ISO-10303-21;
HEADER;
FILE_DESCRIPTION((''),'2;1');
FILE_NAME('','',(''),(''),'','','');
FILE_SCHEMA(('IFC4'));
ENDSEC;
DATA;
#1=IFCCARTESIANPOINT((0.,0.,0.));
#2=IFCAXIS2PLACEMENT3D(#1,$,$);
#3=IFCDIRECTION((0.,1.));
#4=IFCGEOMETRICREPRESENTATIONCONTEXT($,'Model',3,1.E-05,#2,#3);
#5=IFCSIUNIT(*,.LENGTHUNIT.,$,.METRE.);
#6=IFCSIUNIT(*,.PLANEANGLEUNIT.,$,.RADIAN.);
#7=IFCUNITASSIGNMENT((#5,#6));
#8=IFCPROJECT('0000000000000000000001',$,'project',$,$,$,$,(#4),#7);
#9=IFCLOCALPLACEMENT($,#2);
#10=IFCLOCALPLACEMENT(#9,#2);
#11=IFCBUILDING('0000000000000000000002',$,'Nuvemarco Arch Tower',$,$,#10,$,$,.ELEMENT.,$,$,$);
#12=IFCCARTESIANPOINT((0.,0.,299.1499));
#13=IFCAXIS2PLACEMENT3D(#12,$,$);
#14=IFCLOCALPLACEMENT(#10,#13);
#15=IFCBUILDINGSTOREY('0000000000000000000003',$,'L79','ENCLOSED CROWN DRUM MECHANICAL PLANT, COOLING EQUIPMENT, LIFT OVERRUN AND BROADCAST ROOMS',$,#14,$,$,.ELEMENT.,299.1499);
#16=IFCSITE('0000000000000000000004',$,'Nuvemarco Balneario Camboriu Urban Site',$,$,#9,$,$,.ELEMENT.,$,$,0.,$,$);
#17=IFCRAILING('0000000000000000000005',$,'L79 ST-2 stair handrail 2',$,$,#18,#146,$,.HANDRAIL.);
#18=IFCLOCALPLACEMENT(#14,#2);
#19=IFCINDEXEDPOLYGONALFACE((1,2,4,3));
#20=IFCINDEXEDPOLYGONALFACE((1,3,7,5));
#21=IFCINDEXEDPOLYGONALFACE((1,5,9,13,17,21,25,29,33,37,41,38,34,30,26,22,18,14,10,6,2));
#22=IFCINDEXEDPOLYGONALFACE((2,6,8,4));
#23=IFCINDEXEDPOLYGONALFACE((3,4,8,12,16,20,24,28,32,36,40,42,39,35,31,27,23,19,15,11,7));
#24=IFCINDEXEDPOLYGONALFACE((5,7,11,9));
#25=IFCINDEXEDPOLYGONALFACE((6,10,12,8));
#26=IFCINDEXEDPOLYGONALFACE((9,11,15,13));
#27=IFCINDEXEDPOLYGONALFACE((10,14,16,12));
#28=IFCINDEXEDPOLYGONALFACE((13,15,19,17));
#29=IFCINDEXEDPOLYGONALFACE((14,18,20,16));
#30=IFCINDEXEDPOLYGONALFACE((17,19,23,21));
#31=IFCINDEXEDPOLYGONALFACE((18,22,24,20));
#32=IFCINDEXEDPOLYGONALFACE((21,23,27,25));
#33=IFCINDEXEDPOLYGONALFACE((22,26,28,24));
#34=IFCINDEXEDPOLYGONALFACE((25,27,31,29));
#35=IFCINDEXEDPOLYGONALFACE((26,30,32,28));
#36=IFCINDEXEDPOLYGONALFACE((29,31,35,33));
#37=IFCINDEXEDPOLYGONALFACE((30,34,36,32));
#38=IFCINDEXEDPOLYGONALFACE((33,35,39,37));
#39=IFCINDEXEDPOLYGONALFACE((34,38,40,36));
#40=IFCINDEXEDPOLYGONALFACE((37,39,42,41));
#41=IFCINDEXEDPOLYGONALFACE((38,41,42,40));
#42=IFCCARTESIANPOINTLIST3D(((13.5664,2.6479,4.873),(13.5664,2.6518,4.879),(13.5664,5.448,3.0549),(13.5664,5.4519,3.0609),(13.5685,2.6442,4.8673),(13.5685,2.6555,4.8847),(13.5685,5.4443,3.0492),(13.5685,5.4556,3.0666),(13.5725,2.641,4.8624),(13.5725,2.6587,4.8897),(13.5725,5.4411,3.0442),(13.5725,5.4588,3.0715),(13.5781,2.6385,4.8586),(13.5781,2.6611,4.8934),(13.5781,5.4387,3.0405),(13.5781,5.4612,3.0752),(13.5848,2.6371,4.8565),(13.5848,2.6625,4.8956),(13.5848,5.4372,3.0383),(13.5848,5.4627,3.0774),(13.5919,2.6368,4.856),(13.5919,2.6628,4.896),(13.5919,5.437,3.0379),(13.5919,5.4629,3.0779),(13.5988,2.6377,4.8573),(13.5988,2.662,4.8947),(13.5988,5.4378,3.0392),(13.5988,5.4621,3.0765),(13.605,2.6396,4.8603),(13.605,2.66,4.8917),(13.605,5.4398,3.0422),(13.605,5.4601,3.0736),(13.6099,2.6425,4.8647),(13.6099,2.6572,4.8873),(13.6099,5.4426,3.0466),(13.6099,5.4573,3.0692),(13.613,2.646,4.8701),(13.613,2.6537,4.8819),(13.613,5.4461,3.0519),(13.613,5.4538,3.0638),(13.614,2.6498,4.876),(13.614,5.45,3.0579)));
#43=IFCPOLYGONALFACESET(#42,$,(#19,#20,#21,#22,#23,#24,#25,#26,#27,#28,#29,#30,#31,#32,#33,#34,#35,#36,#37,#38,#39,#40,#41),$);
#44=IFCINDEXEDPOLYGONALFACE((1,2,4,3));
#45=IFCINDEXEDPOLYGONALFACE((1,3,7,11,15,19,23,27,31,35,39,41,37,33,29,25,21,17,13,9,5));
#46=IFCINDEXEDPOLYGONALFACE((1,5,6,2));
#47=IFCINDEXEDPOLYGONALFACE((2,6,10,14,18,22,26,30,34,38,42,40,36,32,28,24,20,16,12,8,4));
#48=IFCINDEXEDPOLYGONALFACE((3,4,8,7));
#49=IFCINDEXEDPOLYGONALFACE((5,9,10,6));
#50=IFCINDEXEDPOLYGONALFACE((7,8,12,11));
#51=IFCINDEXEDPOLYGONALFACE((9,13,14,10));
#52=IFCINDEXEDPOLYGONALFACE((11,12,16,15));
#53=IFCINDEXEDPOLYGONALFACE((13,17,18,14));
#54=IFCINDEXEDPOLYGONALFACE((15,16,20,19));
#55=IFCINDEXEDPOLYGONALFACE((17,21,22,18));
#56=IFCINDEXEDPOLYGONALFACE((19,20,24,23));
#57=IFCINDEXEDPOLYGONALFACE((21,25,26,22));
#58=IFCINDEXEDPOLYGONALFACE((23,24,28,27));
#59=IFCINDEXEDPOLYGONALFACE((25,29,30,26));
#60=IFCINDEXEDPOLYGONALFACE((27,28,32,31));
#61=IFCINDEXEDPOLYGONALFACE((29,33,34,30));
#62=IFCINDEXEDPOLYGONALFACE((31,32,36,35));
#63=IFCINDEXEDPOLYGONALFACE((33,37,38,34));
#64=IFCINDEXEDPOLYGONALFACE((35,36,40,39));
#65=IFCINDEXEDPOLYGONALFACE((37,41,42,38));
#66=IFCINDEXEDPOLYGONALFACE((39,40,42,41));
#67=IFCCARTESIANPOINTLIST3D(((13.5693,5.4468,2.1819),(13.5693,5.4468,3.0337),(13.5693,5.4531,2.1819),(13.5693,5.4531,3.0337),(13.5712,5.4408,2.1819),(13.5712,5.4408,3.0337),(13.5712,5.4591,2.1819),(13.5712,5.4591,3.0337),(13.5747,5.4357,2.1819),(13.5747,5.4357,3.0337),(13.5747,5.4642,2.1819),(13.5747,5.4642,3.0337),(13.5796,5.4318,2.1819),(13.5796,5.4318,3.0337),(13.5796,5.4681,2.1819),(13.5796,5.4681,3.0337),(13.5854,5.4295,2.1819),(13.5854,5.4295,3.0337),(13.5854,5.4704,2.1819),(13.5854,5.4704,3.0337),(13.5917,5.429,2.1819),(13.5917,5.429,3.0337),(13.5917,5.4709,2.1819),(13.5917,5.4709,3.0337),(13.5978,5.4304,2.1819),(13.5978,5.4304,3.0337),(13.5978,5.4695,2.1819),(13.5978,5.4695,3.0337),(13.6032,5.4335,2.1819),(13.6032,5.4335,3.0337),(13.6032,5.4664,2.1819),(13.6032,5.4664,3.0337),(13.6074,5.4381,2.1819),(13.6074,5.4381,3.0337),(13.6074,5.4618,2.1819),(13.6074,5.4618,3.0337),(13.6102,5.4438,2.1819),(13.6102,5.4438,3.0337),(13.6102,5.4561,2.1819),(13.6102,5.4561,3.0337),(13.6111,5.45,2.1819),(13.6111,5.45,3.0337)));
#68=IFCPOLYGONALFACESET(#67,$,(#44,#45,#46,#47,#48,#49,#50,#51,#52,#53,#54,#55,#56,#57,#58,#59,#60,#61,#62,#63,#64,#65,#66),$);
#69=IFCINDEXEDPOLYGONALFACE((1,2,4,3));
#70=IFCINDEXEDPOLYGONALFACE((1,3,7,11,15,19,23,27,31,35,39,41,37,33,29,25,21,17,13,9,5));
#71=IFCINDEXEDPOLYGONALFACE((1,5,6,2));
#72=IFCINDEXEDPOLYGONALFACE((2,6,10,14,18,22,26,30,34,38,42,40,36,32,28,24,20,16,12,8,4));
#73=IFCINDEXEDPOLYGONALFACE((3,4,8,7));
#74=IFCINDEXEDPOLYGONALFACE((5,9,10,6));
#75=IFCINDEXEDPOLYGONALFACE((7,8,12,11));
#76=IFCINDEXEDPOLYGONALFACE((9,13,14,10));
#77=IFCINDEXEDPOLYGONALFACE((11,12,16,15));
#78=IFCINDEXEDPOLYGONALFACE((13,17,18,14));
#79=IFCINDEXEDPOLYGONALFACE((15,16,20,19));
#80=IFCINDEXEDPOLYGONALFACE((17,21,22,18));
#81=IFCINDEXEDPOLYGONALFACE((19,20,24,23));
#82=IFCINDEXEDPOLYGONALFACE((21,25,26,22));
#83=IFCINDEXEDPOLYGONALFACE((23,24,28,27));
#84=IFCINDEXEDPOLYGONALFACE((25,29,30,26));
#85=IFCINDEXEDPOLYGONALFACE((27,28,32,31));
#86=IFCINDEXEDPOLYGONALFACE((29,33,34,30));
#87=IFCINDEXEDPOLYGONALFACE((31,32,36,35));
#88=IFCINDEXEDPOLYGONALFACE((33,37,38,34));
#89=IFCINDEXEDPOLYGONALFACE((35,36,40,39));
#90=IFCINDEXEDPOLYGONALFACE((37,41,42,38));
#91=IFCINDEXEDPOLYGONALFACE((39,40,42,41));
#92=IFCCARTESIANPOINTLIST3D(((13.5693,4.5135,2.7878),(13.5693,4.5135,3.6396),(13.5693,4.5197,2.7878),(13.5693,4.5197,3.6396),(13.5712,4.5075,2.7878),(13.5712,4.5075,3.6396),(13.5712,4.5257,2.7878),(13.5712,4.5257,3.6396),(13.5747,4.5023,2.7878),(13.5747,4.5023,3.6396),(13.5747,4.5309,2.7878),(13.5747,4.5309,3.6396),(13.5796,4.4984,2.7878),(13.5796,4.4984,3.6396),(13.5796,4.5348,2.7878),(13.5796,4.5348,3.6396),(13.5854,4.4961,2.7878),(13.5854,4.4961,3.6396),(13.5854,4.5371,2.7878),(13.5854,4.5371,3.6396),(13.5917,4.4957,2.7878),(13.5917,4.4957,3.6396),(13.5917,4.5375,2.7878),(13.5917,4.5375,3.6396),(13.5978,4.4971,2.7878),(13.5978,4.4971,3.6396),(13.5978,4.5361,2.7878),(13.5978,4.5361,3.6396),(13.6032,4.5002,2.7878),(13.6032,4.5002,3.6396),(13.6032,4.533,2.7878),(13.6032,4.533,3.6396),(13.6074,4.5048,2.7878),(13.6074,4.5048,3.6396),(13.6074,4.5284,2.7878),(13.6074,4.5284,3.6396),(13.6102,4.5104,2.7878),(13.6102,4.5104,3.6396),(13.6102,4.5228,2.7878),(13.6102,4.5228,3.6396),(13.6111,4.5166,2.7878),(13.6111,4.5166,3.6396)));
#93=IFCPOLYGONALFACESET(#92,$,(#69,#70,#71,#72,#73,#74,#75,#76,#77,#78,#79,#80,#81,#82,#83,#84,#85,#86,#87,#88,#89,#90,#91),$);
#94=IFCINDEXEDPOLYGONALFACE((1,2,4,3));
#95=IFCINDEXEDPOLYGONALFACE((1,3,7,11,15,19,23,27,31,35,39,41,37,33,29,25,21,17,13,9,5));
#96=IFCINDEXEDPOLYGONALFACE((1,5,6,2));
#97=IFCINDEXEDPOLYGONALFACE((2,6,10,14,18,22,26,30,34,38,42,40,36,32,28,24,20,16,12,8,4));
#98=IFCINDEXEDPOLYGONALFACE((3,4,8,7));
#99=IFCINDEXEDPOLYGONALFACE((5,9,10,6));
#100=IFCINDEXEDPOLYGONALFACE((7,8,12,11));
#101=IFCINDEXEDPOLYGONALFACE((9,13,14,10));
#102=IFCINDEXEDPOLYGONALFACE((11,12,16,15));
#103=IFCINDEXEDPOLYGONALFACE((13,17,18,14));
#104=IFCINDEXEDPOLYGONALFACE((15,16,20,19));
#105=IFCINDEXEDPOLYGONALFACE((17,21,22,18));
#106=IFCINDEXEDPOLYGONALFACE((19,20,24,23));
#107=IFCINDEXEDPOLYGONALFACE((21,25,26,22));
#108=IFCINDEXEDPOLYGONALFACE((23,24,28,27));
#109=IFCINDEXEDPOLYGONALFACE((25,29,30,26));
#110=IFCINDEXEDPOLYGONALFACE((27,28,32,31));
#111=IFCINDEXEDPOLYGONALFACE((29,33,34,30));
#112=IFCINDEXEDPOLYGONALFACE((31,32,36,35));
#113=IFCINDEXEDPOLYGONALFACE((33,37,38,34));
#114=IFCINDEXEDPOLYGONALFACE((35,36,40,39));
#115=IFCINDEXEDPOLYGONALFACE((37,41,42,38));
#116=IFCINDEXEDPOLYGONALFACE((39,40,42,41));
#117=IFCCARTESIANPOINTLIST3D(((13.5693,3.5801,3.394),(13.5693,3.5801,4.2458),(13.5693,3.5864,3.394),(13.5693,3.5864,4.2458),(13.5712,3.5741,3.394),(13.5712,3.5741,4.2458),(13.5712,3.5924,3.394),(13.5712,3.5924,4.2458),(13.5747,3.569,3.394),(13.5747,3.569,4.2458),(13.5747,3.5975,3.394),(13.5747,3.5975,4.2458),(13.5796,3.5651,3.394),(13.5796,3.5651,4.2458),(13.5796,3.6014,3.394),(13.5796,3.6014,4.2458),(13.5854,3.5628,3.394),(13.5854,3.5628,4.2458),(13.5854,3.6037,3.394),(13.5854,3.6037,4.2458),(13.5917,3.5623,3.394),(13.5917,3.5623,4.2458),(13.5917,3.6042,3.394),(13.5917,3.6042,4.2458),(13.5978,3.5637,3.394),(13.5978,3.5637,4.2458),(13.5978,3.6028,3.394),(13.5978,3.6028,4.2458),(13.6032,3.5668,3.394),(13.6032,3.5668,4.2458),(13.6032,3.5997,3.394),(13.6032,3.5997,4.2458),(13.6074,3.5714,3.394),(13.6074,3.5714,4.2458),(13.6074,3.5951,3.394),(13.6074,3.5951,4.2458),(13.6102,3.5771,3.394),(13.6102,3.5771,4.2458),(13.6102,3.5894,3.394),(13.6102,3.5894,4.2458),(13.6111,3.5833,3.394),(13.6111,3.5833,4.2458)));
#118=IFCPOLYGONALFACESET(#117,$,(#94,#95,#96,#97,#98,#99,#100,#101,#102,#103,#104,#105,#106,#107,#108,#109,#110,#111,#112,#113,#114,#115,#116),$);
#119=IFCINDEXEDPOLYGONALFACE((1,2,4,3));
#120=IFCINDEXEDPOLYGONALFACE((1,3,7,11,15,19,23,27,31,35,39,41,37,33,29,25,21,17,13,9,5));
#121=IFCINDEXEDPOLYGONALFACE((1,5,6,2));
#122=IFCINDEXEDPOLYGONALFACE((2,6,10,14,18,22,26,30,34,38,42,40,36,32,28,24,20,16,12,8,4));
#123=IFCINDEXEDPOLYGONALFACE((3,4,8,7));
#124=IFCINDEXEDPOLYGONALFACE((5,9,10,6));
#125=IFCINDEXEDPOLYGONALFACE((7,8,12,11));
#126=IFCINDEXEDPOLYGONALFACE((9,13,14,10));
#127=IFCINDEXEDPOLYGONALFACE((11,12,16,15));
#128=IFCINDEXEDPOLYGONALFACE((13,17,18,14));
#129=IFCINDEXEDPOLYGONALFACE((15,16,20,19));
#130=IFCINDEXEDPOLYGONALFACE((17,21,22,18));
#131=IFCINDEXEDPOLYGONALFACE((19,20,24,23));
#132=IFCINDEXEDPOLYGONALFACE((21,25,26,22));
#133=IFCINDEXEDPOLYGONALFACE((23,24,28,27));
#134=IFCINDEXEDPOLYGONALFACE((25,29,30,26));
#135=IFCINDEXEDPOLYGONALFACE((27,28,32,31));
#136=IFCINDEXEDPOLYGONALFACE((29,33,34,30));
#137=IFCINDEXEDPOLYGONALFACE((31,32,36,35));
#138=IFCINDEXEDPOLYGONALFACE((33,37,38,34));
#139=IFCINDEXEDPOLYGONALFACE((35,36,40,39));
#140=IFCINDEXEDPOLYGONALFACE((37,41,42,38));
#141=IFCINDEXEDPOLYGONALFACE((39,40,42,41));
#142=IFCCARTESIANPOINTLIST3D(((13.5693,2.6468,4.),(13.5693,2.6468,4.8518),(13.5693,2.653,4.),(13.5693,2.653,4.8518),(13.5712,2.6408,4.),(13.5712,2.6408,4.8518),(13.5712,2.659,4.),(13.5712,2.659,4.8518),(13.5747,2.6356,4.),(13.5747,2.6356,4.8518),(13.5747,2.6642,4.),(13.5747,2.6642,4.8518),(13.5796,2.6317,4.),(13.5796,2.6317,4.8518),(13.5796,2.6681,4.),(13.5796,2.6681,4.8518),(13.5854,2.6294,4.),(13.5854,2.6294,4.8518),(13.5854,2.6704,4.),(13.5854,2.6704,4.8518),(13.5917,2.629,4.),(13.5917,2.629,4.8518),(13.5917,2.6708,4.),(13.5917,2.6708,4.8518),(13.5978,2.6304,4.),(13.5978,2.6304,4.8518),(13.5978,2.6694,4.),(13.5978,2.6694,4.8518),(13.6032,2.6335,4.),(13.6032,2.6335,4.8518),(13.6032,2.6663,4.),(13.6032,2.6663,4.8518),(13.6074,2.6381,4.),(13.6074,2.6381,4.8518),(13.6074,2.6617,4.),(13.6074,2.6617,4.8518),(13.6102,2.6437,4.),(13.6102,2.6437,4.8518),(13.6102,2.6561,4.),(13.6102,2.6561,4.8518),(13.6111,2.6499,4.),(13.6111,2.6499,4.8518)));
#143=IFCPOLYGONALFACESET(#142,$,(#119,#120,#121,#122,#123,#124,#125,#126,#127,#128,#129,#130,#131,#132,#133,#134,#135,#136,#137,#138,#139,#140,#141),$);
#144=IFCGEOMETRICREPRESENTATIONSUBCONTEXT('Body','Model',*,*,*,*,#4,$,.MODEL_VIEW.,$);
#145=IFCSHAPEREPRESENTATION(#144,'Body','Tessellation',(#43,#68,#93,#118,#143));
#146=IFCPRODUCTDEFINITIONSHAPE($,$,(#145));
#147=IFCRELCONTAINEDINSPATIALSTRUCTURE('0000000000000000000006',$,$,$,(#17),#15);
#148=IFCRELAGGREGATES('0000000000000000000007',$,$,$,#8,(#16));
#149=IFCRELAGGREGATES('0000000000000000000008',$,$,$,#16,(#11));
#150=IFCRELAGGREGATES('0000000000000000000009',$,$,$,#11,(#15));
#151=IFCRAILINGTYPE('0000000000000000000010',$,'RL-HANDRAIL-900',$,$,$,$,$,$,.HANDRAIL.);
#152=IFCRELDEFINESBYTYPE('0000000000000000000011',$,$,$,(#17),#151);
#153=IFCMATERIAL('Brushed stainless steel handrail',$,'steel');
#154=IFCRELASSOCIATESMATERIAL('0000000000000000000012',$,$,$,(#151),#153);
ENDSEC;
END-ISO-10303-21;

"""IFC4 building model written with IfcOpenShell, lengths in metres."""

from ifc_helpers import new_model, si_unit, direction, frame, origin, origin_2d, place, context, subcontext, project, spatial, circle, extrude, material, type_object, element, save


model = new_model("IFC4")

# Units and contexts
model_context = context("Model", 3, precision=1e-05, world=origin(), true_north=direction((0.0, 1.0)))
body_context = subcontext(model_context, "Body", "Model", "MODEL_VIEW")
ifc_project = project(units=[si_unit("LENGTHUNIT", "METRE"), si_unit("PLANEANGLEUNIT", "RADIAN")], contexts=[model_context])

# Site, building, storey
site_placement = place(None, origin())
site = spatial("IfcSite", under=ifc_project, at=site_placement, Name="Nuvemarco Balneario Camboriu Urban Site", CompositionType="ELEMENT", RefElevation=0.0)
building_placement = place(site_placement, origin())
building = spatial("IfcBuilding", under=site, at=building_placement, Name="Nuvemarco Arch Tower", CompositionType="ELEMENT")
storey_placement = place(building_placement, frame((0.0, 0.0, 299.1499)))
storey = spatial("IfcBuildingStorey", under=building, at=storey_placement, Name="L79", Description="ENCLOSED CROWN DRUM MECHANICAL PLANT, COOLING EQUIPMENT, LIFT OVERRUN AND BROADCAST ROOMS", CompositionType="ELEMENT", Elevation=299.1499)

# Railing
ifc_material_1 = material(Name="Brushed stainless steel handrail", Category="steel")
railing_type_1 = type_object("IfcRailingType", Name="RL-HANDRAIL-900", PredefinedType="HANDRAIL", material=ifc_material_1)
railing_1_placement = place(storey_placement, frame((13.5901, 5.45, 2.1819)))
element("IfcRailing", 1, at=railing_1_placement, inside=storey, type_object=railing_type_1, Name="L79 ST-2 stair handrail 2", PredefinedType="HANDRAIL", context=body_context, shape_type="SweptSolid", body=[
    extrude(circle(Radius=0.0239, at=origin_2d()), frame((0.0, 0.0, 0.876), z_axis=(0.0, -0.838706, 0.544585), x_axis=(1.0, 0.0, 0.0)), (0.0, 0.0, 1.0), 3.3386),
    extrude(circle(Radius=0.021, at=origin_2d()), origin(), (0.0, 0.0, 1.0), 0.8518),
    extrude(circle(Radius=0.021, at=origin_2d()), frame((0.0, -0.9333, 0.606)), (0.0, 0.0, 1.0), 0.8518),
    extrude(circle(Radius=0.021, at=origin_2d()), frame((0.0, -1.8667, 1.2122)), (0.0, 0.0, 1.0), 0.8518),
    extrude(circle(Radius=0.021, at=origin_2d()), frame((0.0, -2.8, 1.8181)), (0.0, 0.0, 1.0), 0.8518),
])

save(model, "model.ifc")
